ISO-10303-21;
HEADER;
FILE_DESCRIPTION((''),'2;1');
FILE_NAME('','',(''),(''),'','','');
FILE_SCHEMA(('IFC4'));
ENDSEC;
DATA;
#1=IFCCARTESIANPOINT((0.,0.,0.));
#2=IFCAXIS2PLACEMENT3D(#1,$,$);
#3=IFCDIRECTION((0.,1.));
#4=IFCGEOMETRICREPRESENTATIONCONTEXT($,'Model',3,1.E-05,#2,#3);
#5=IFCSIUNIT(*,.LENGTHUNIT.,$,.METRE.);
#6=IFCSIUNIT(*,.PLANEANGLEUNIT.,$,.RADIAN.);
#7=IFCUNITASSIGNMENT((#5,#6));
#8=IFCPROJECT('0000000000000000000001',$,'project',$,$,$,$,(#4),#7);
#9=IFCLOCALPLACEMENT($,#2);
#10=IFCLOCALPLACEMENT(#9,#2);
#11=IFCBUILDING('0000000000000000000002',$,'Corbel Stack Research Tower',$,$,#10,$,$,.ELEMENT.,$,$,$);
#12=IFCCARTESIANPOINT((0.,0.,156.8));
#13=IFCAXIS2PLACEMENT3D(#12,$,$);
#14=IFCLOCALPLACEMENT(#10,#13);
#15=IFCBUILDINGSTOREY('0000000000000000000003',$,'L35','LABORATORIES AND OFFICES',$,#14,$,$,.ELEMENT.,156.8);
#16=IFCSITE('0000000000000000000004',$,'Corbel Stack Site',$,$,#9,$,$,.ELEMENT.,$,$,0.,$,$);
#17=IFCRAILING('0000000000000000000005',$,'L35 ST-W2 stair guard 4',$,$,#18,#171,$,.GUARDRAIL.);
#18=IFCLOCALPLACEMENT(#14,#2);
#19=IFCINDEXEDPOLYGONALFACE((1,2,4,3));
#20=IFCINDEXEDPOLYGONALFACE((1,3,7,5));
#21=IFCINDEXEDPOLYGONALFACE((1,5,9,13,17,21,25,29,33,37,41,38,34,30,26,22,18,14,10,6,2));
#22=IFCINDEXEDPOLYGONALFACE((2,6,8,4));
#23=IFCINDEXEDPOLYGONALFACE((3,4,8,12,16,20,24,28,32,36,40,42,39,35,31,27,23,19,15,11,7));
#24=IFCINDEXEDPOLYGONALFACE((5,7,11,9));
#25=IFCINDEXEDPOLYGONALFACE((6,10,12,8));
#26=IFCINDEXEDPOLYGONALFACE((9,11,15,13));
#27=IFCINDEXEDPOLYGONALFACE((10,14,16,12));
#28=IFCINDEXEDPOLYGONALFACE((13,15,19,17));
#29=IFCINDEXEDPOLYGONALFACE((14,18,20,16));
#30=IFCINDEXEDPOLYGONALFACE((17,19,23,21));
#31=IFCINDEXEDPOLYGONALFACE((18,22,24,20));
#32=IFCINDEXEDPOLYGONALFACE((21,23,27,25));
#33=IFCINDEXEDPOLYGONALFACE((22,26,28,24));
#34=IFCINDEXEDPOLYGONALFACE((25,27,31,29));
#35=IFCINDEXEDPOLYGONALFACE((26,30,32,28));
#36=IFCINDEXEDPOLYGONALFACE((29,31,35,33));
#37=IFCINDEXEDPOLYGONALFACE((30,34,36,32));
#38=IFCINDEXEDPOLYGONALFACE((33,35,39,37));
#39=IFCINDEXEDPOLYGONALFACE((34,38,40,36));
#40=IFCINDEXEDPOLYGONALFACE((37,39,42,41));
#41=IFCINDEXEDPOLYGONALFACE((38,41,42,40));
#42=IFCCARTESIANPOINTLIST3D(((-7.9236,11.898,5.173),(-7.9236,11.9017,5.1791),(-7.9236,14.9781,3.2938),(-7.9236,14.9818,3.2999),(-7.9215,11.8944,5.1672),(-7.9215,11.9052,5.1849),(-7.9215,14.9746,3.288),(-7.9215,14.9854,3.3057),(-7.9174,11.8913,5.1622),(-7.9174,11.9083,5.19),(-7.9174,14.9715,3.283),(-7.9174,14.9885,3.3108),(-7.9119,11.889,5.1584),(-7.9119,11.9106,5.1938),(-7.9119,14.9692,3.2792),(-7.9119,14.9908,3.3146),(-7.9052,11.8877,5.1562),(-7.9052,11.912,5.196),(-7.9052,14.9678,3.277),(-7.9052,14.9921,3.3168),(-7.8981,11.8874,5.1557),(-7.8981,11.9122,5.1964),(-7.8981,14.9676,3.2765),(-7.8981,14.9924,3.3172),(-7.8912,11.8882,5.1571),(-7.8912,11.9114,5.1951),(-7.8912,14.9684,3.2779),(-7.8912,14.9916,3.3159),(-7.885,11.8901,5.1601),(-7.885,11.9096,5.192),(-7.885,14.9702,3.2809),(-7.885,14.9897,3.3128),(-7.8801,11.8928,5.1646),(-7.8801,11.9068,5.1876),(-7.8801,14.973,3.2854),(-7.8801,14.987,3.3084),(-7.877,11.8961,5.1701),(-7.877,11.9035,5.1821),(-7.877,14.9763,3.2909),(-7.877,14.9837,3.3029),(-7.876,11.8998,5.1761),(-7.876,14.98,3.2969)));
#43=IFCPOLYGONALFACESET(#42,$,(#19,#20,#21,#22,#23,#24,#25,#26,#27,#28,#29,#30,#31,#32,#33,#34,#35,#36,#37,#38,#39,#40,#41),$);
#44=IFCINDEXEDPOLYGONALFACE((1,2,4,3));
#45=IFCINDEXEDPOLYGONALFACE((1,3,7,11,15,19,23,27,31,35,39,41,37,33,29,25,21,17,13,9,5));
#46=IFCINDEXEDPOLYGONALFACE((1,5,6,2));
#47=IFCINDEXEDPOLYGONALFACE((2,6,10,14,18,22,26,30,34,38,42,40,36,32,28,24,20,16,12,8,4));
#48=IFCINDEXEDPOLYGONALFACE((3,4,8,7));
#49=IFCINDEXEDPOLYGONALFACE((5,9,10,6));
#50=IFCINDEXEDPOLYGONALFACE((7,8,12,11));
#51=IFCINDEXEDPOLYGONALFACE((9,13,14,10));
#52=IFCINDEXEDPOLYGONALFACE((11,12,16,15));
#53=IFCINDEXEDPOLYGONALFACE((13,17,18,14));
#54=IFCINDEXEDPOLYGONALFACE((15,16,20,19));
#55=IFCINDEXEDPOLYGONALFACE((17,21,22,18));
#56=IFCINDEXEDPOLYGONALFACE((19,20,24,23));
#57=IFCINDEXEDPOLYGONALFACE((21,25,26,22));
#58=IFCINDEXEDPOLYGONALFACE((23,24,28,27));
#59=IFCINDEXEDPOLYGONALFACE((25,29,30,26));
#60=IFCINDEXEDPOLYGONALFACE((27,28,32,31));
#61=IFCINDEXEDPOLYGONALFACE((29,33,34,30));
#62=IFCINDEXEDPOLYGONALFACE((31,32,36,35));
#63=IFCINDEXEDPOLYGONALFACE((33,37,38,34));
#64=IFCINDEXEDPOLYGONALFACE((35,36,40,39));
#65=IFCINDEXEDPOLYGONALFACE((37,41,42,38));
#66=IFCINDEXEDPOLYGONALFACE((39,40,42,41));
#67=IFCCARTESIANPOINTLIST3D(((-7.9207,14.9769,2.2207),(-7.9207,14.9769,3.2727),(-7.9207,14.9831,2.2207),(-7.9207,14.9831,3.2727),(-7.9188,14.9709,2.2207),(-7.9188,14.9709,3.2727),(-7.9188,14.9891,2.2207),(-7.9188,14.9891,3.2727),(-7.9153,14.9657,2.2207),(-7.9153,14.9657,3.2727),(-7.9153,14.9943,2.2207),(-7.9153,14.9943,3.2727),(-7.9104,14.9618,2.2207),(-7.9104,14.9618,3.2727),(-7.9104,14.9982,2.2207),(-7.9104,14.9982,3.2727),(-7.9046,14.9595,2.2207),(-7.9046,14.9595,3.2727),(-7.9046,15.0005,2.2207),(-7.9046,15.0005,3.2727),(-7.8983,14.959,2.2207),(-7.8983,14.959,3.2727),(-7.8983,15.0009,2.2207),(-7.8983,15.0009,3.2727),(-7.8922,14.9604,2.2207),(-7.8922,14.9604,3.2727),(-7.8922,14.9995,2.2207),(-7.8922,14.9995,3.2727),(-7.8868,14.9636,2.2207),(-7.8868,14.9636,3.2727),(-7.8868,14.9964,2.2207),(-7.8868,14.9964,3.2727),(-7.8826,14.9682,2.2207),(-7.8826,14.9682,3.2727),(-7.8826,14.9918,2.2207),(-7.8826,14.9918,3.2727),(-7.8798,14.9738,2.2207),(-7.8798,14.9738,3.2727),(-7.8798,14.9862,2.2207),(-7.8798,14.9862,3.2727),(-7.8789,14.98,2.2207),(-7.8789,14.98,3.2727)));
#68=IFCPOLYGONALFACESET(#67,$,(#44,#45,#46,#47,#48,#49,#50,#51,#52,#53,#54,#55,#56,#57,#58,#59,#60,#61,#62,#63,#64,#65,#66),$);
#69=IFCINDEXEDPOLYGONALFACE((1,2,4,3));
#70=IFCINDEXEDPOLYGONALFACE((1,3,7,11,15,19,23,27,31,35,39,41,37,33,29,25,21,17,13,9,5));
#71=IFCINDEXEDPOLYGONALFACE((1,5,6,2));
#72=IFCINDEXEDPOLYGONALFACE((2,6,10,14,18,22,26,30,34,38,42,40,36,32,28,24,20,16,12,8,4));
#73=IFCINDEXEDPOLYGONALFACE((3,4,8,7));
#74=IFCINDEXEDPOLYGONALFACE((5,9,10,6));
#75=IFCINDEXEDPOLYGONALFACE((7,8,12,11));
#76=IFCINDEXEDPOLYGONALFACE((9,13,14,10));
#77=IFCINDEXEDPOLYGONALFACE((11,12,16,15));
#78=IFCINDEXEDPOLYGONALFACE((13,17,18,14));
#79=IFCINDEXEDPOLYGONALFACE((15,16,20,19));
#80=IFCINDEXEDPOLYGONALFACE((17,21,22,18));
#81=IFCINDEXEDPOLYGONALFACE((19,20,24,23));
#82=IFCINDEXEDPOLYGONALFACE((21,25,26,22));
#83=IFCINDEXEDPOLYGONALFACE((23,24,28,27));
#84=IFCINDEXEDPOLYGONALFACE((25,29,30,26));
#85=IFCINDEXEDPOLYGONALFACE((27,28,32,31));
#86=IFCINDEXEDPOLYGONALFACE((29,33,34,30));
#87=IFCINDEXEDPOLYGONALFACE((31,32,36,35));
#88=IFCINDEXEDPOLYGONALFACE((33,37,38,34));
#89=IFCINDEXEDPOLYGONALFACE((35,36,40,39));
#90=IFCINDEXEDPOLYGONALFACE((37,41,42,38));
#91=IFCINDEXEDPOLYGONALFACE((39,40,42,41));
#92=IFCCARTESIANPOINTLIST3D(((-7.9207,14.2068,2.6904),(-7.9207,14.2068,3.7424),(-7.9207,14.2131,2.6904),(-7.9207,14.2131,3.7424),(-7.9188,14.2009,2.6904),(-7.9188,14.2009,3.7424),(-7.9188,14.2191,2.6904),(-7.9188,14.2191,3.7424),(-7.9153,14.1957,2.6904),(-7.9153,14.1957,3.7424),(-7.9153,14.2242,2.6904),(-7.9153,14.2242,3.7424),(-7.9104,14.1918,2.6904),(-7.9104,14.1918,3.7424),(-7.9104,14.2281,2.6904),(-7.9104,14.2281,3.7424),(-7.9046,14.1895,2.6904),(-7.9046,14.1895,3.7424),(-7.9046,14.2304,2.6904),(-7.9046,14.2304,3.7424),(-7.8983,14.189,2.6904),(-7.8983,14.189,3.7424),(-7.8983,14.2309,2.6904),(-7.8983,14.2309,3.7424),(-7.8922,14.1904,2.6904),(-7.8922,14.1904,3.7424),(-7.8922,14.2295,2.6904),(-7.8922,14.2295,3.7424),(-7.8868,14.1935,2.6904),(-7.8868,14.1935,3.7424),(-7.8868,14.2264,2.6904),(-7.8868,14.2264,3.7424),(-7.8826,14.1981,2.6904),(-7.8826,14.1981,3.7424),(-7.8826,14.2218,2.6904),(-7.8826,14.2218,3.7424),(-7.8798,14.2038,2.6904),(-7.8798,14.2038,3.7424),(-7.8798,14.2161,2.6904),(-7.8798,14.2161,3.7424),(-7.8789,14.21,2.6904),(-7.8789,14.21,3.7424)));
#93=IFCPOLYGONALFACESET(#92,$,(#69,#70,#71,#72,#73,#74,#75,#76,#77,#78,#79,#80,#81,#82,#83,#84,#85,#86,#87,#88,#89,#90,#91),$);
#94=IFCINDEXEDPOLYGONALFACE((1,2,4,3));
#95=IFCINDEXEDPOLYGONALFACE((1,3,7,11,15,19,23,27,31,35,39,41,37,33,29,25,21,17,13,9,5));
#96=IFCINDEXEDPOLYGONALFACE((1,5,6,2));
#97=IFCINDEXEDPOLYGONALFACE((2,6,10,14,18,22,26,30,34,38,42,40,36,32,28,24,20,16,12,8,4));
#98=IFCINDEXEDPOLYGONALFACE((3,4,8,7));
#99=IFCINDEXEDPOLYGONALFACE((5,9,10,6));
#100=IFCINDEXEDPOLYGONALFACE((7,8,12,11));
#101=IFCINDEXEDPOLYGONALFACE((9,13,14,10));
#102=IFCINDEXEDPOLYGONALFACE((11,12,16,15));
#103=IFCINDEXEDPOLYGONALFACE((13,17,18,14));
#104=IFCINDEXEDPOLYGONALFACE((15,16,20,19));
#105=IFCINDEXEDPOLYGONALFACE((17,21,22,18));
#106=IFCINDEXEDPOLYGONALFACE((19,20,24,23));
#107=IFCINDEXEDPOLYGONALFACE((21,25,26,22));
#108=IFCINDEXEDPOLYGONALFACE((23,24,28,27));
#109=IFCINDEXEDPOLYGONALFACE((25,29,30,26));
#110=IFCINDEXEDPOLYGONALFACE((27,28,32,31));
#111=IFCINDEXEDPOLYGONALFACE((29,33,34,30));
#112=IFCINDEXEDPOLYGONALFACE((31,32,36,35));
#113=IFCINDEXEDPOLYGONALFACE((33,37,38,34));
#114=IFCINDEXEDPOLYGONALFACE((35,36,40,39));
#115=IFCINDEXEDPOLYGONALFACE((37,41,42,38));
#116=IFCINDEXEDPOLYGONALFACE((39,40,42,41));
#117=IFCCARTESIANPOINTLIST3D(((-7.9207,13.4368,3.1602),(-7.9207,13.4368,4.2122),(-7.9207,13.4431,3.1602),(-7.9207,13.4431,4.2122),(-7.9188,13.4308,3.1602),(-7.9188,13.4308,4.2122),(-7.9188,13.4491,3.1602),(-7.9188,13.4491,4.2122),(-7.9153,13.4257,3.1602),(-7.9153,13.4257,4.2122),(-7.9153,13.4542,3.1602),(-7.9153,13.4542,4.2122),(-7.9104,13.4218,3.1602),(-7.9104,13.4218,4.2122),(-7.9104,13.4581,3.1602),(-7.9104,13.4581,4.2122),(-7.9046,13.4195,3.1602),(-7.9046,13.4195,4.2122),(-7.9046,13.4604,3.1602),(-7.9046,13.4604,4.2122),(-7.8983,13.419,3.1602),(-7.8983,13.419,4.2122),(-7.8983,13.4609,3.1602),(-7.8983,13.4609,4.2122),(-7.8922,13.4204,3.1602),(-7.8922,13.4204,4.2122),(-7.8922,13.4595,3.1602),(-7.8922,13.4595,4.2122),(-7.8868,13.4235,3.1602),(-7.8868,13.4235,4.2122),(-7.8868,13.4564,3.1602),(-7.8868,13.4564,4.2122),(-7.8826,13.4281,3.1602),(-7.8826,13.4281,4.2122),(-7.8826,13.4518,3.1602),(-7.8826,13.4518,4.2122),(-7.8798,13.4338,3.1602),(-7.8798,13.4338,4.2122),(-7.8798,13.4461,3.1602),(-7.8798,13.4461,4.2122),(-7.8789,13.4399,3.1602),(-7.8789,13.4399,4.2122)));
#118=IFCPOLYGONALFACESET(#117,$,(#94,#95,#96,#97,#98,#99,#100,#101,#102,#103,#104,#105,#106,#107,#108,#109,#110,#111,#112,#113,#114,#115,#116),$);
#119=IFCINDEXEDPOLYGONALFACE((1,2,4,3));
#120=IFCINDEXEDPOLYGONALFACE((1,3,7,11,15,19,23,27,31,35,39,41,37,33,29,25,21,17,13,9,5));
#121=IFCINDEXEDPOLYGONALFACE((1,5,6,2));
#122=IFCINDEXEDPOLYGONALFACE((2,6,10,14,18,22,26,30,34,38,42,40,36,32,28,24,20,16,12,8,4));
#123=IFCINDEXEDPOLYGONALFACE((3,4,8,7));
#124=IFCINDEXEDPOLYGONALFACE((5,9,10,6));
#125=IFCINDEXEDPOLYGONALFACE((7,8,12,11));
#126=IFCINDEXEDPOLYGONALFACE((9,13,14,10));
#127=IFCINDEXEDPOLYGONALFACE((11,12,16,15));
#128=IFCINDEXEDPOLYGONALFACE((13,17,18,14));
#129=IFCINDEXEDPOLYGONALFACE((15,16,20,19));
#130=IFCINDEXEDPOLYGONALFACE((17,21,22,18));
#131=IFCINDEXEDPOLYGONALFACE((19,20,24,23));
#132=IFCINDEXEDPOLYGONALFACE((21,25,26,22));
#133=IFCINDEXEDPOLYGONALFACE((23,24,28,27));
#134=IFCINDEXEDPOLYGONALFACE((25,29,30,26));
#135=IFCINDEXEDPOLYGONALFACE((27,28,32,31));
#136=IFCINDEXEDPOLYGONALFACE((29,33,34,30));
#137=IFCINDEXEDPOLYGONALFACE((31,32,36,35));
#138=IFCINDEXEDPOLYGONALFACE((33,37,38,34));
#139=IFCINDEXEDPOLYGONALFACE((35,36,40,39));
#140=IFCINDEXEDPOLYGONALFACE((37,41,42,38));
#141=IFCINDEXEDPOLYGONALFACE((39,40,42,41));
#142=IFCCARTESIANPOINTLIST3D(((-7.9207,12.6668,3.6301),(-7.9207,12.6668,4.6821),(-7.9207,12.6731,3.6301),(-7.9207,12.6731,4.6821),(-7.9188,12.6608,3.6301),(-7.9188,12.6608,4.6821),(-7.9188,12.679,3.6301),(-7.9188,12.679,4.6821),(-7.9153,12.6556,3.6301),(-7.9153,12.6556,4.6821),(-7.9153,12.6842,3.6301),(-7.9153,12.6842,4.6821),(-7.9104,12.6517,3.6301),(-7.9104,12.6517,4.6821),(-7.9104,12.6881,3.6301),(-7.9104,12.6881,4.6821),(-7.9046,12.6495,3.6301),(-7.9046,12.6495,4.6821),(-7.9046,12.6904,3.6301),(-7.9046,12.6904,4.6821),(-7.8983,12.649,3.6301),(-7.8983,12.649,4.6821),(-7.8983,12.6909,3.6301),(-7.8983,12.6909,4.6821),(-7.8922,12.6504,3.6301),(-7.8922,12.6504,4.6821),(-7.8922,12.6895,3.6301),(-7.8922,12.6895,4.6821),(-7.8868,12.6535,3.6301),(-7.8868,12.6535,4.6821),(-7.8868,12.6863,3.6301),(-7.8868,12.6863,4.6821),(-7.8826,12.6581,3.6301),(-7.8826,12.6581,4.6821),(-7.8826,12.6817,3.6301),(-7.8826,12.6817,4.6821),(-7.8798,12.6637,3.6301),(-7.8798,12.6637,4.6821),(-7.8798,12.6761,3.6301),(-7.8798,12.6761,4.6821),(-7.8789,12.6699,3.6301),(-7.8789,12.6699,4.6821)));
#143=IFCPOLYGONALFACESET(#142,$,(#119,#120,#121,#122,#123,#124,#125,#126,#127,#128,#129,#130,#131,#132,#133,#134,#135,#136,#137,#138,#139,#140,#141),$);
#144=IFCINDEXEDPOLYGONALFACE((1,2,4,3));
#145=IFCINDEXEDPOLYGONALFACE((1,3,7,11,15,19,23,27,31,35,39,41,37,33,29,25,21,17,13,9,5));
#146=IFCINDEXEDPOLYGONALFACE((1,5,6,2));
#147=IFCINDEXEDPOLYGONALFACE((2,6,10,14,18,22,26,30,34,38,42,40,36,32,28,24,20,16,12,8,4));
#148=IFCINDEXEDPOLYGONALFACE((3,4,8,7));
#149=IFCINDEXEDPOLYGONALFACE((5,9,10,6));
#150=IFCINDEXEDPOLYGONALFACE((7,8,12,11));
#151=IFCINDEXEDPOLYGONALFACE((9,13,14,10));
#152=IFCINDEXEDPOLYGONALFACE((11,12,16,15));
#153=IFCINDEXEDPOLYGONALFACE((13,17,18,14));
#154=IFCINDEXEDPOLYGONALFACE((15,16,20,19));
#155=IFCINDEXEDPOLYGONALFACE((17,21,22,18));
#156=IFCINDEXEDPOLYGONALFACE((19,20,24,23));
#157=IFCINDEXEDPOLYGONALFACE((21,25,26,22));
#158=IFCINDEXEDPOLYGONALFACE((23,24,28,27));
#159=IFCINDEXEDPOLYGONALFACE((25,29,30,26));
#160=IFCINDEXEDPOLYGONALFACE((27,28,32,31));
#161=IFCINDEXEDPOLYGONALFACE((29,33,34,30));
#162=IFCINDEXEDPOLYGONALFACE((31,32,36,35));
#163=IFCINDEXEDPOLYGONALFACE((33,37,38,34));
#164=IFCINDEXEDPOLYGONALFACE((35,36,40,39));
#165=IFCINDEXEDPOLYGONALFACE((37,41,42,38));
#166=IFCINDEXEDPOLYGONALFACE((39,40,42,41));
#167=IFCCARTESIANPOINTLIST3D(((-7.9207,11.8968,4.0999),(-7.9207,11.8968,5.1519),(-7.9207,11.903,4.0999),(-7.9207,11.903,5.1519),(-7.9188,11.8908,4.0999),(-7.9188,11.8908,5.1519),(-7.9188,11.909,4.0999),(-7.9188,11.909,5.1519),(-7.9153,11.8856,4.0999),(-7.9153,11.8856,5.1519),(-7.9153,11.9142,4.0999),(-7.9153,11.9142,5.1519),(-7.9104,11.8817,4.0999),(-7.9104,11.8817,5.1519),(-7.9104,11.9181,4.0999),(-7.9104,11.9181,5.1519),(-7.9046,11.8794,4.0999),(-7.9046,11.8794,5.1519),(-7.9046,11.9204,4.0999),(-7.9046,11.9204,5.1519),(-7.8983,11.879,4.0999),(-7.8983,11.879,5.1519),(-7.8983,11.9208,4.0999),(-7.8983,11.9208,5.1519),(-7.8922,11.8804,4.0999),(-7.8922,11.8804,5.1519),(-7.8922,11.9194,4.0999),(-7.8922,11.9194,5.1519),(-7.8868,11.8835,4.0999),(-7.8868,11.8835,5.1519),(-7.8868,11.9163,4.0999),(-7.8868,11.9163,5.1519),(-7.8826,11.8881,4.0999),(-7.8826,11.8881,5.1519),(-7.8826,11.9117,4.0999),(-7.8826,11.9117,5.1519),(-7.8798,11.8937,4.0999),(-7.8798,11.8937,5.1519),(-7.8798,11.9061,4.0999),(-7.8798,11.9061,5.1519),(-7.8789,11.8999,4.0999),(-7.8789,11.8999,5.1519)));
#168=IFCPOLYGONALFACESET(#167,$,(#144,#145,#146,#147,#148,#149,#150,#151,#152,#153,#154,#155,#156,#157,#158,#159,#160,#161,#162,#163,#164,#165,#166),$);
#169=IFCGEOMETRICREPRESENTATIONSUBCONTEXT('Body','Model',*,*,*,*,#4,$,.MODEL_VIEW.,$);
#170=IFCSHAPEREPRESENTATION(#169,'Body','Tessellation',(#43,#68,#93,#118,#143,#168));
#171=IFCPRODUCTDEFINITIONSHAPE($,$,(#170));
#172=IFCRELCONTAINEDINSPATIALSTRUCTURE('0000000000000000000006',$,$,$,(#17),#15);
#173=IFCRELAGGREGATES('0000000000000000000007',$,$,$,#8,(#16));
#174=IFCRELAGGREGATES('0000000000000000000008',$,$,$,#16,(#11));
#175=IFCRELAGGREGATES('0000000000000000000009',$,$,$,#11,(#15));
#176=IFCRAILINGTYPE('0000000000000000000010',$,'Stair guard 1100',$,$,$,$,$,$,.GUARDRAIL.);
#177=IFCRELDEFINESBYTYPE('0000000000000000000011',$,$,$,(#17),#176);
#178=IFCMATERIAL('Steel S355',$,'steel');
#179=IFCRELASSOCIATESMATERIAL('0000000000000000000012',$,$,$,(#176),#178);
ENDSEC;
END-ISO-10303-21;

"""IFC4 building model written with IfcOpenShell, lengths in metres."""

from ifc_helpers import new_model, si_unit, direction, frame, origin, origin_2d, place, context, subcontext, project, spatial, circle, extrude, material, type_object, element, save


model = new_model("IFC4")

# Units and contexts
model_context = context("Model", 3, precision=1e-05, world=origin(), true_north=direction((0.0, 1.0)))
body_context = subcontext(model_context, "Body", "Model", "MODEL_VIEW")
ifc_project = project(units=[si_unit("LENGTHUNIT", "METRE"), si_unit("PLANEANGLEUNIT", "RADIAN")], contexts=[model_context])

# Site, building, storey
site_placement = place(None, origin())
site = spatial("IfcSite", under=ifc_project, at=site_placement, Name="Corbel Stack Site", CompositionType="ELEMENT", RefElevation=0.0)
building_placement = place(site_placement, origin())
building = spatial("IfcBuilding", under=site, at=building_placement, Name="Corbel Stack Research Tower", CompositionType="ELEMENT")
storey_placement = place(building_placement, frame((0.0, 0.0, 156.8)))
storey = spatial("IfcBuildingStorey", under=building, at=storey_placement, Name="L35", Description="LABORATORIES AND OFFICES", CompositionType="ELEMENT", Elevation=156.8)

# Railing
ifc_material_1 = material(Name="Steel S355", Category="steel")
railing_type_1 = type_object("IfcRailingType", Name="Stair guard 1100", PredefinedType="GUARDRAIL", material=ifc_material_1)
railing_1_placement = place(storey_placement, frame((-7.8999, 14.98, 2.2207)))
element("IfcRailing", 1, at=railing_1_placement, inside=storey, type_object=railing_type_1, Name="L35 ST-W2 stair guard 4", PredefinedType="GUARDRAIL", context=body_context, shape_type="SweptSolid", body=[
    extrude(circle(Radius=0.0239, at=origin_2d()), frame((0.0, 0.0, 1.0762), z_axis=(0.0, -0.853666, 0.52082), x_axis=(1.0, 0.0, 0.0)), (0.0, 0.0, 1.0), 3.6082),
    extrude(circle(Radius=0.021, at=origin_2d()), origin(), (0.0, 0.0, 1.0), 1.052),
    extrude(circle(Radius=0.021, at=origin_2d()), frame((0.0, -0.77, 0.4697)), (0.0, 0.0, 1.0), 1.052),
    extrude(circle(Radius=0.021, at=origin_2d()), frame((0.0, -1.54, 0.9395)), (0.0, 0.0, 1.0), 1.052),
    extrude(circle(Radius=0.021, at=origin_2d()), frame((0.0, -2.3101, 1.4094)), (0.0, 0.0, 1.0), 1.052),
    extrude(circle(Radius=0.021, at=origin_2d()), frame((0.0, -3.0801, 1.8792)), (0.0, 0.0, 1.0), 1.052),
])

save(model, "model.ifc")
